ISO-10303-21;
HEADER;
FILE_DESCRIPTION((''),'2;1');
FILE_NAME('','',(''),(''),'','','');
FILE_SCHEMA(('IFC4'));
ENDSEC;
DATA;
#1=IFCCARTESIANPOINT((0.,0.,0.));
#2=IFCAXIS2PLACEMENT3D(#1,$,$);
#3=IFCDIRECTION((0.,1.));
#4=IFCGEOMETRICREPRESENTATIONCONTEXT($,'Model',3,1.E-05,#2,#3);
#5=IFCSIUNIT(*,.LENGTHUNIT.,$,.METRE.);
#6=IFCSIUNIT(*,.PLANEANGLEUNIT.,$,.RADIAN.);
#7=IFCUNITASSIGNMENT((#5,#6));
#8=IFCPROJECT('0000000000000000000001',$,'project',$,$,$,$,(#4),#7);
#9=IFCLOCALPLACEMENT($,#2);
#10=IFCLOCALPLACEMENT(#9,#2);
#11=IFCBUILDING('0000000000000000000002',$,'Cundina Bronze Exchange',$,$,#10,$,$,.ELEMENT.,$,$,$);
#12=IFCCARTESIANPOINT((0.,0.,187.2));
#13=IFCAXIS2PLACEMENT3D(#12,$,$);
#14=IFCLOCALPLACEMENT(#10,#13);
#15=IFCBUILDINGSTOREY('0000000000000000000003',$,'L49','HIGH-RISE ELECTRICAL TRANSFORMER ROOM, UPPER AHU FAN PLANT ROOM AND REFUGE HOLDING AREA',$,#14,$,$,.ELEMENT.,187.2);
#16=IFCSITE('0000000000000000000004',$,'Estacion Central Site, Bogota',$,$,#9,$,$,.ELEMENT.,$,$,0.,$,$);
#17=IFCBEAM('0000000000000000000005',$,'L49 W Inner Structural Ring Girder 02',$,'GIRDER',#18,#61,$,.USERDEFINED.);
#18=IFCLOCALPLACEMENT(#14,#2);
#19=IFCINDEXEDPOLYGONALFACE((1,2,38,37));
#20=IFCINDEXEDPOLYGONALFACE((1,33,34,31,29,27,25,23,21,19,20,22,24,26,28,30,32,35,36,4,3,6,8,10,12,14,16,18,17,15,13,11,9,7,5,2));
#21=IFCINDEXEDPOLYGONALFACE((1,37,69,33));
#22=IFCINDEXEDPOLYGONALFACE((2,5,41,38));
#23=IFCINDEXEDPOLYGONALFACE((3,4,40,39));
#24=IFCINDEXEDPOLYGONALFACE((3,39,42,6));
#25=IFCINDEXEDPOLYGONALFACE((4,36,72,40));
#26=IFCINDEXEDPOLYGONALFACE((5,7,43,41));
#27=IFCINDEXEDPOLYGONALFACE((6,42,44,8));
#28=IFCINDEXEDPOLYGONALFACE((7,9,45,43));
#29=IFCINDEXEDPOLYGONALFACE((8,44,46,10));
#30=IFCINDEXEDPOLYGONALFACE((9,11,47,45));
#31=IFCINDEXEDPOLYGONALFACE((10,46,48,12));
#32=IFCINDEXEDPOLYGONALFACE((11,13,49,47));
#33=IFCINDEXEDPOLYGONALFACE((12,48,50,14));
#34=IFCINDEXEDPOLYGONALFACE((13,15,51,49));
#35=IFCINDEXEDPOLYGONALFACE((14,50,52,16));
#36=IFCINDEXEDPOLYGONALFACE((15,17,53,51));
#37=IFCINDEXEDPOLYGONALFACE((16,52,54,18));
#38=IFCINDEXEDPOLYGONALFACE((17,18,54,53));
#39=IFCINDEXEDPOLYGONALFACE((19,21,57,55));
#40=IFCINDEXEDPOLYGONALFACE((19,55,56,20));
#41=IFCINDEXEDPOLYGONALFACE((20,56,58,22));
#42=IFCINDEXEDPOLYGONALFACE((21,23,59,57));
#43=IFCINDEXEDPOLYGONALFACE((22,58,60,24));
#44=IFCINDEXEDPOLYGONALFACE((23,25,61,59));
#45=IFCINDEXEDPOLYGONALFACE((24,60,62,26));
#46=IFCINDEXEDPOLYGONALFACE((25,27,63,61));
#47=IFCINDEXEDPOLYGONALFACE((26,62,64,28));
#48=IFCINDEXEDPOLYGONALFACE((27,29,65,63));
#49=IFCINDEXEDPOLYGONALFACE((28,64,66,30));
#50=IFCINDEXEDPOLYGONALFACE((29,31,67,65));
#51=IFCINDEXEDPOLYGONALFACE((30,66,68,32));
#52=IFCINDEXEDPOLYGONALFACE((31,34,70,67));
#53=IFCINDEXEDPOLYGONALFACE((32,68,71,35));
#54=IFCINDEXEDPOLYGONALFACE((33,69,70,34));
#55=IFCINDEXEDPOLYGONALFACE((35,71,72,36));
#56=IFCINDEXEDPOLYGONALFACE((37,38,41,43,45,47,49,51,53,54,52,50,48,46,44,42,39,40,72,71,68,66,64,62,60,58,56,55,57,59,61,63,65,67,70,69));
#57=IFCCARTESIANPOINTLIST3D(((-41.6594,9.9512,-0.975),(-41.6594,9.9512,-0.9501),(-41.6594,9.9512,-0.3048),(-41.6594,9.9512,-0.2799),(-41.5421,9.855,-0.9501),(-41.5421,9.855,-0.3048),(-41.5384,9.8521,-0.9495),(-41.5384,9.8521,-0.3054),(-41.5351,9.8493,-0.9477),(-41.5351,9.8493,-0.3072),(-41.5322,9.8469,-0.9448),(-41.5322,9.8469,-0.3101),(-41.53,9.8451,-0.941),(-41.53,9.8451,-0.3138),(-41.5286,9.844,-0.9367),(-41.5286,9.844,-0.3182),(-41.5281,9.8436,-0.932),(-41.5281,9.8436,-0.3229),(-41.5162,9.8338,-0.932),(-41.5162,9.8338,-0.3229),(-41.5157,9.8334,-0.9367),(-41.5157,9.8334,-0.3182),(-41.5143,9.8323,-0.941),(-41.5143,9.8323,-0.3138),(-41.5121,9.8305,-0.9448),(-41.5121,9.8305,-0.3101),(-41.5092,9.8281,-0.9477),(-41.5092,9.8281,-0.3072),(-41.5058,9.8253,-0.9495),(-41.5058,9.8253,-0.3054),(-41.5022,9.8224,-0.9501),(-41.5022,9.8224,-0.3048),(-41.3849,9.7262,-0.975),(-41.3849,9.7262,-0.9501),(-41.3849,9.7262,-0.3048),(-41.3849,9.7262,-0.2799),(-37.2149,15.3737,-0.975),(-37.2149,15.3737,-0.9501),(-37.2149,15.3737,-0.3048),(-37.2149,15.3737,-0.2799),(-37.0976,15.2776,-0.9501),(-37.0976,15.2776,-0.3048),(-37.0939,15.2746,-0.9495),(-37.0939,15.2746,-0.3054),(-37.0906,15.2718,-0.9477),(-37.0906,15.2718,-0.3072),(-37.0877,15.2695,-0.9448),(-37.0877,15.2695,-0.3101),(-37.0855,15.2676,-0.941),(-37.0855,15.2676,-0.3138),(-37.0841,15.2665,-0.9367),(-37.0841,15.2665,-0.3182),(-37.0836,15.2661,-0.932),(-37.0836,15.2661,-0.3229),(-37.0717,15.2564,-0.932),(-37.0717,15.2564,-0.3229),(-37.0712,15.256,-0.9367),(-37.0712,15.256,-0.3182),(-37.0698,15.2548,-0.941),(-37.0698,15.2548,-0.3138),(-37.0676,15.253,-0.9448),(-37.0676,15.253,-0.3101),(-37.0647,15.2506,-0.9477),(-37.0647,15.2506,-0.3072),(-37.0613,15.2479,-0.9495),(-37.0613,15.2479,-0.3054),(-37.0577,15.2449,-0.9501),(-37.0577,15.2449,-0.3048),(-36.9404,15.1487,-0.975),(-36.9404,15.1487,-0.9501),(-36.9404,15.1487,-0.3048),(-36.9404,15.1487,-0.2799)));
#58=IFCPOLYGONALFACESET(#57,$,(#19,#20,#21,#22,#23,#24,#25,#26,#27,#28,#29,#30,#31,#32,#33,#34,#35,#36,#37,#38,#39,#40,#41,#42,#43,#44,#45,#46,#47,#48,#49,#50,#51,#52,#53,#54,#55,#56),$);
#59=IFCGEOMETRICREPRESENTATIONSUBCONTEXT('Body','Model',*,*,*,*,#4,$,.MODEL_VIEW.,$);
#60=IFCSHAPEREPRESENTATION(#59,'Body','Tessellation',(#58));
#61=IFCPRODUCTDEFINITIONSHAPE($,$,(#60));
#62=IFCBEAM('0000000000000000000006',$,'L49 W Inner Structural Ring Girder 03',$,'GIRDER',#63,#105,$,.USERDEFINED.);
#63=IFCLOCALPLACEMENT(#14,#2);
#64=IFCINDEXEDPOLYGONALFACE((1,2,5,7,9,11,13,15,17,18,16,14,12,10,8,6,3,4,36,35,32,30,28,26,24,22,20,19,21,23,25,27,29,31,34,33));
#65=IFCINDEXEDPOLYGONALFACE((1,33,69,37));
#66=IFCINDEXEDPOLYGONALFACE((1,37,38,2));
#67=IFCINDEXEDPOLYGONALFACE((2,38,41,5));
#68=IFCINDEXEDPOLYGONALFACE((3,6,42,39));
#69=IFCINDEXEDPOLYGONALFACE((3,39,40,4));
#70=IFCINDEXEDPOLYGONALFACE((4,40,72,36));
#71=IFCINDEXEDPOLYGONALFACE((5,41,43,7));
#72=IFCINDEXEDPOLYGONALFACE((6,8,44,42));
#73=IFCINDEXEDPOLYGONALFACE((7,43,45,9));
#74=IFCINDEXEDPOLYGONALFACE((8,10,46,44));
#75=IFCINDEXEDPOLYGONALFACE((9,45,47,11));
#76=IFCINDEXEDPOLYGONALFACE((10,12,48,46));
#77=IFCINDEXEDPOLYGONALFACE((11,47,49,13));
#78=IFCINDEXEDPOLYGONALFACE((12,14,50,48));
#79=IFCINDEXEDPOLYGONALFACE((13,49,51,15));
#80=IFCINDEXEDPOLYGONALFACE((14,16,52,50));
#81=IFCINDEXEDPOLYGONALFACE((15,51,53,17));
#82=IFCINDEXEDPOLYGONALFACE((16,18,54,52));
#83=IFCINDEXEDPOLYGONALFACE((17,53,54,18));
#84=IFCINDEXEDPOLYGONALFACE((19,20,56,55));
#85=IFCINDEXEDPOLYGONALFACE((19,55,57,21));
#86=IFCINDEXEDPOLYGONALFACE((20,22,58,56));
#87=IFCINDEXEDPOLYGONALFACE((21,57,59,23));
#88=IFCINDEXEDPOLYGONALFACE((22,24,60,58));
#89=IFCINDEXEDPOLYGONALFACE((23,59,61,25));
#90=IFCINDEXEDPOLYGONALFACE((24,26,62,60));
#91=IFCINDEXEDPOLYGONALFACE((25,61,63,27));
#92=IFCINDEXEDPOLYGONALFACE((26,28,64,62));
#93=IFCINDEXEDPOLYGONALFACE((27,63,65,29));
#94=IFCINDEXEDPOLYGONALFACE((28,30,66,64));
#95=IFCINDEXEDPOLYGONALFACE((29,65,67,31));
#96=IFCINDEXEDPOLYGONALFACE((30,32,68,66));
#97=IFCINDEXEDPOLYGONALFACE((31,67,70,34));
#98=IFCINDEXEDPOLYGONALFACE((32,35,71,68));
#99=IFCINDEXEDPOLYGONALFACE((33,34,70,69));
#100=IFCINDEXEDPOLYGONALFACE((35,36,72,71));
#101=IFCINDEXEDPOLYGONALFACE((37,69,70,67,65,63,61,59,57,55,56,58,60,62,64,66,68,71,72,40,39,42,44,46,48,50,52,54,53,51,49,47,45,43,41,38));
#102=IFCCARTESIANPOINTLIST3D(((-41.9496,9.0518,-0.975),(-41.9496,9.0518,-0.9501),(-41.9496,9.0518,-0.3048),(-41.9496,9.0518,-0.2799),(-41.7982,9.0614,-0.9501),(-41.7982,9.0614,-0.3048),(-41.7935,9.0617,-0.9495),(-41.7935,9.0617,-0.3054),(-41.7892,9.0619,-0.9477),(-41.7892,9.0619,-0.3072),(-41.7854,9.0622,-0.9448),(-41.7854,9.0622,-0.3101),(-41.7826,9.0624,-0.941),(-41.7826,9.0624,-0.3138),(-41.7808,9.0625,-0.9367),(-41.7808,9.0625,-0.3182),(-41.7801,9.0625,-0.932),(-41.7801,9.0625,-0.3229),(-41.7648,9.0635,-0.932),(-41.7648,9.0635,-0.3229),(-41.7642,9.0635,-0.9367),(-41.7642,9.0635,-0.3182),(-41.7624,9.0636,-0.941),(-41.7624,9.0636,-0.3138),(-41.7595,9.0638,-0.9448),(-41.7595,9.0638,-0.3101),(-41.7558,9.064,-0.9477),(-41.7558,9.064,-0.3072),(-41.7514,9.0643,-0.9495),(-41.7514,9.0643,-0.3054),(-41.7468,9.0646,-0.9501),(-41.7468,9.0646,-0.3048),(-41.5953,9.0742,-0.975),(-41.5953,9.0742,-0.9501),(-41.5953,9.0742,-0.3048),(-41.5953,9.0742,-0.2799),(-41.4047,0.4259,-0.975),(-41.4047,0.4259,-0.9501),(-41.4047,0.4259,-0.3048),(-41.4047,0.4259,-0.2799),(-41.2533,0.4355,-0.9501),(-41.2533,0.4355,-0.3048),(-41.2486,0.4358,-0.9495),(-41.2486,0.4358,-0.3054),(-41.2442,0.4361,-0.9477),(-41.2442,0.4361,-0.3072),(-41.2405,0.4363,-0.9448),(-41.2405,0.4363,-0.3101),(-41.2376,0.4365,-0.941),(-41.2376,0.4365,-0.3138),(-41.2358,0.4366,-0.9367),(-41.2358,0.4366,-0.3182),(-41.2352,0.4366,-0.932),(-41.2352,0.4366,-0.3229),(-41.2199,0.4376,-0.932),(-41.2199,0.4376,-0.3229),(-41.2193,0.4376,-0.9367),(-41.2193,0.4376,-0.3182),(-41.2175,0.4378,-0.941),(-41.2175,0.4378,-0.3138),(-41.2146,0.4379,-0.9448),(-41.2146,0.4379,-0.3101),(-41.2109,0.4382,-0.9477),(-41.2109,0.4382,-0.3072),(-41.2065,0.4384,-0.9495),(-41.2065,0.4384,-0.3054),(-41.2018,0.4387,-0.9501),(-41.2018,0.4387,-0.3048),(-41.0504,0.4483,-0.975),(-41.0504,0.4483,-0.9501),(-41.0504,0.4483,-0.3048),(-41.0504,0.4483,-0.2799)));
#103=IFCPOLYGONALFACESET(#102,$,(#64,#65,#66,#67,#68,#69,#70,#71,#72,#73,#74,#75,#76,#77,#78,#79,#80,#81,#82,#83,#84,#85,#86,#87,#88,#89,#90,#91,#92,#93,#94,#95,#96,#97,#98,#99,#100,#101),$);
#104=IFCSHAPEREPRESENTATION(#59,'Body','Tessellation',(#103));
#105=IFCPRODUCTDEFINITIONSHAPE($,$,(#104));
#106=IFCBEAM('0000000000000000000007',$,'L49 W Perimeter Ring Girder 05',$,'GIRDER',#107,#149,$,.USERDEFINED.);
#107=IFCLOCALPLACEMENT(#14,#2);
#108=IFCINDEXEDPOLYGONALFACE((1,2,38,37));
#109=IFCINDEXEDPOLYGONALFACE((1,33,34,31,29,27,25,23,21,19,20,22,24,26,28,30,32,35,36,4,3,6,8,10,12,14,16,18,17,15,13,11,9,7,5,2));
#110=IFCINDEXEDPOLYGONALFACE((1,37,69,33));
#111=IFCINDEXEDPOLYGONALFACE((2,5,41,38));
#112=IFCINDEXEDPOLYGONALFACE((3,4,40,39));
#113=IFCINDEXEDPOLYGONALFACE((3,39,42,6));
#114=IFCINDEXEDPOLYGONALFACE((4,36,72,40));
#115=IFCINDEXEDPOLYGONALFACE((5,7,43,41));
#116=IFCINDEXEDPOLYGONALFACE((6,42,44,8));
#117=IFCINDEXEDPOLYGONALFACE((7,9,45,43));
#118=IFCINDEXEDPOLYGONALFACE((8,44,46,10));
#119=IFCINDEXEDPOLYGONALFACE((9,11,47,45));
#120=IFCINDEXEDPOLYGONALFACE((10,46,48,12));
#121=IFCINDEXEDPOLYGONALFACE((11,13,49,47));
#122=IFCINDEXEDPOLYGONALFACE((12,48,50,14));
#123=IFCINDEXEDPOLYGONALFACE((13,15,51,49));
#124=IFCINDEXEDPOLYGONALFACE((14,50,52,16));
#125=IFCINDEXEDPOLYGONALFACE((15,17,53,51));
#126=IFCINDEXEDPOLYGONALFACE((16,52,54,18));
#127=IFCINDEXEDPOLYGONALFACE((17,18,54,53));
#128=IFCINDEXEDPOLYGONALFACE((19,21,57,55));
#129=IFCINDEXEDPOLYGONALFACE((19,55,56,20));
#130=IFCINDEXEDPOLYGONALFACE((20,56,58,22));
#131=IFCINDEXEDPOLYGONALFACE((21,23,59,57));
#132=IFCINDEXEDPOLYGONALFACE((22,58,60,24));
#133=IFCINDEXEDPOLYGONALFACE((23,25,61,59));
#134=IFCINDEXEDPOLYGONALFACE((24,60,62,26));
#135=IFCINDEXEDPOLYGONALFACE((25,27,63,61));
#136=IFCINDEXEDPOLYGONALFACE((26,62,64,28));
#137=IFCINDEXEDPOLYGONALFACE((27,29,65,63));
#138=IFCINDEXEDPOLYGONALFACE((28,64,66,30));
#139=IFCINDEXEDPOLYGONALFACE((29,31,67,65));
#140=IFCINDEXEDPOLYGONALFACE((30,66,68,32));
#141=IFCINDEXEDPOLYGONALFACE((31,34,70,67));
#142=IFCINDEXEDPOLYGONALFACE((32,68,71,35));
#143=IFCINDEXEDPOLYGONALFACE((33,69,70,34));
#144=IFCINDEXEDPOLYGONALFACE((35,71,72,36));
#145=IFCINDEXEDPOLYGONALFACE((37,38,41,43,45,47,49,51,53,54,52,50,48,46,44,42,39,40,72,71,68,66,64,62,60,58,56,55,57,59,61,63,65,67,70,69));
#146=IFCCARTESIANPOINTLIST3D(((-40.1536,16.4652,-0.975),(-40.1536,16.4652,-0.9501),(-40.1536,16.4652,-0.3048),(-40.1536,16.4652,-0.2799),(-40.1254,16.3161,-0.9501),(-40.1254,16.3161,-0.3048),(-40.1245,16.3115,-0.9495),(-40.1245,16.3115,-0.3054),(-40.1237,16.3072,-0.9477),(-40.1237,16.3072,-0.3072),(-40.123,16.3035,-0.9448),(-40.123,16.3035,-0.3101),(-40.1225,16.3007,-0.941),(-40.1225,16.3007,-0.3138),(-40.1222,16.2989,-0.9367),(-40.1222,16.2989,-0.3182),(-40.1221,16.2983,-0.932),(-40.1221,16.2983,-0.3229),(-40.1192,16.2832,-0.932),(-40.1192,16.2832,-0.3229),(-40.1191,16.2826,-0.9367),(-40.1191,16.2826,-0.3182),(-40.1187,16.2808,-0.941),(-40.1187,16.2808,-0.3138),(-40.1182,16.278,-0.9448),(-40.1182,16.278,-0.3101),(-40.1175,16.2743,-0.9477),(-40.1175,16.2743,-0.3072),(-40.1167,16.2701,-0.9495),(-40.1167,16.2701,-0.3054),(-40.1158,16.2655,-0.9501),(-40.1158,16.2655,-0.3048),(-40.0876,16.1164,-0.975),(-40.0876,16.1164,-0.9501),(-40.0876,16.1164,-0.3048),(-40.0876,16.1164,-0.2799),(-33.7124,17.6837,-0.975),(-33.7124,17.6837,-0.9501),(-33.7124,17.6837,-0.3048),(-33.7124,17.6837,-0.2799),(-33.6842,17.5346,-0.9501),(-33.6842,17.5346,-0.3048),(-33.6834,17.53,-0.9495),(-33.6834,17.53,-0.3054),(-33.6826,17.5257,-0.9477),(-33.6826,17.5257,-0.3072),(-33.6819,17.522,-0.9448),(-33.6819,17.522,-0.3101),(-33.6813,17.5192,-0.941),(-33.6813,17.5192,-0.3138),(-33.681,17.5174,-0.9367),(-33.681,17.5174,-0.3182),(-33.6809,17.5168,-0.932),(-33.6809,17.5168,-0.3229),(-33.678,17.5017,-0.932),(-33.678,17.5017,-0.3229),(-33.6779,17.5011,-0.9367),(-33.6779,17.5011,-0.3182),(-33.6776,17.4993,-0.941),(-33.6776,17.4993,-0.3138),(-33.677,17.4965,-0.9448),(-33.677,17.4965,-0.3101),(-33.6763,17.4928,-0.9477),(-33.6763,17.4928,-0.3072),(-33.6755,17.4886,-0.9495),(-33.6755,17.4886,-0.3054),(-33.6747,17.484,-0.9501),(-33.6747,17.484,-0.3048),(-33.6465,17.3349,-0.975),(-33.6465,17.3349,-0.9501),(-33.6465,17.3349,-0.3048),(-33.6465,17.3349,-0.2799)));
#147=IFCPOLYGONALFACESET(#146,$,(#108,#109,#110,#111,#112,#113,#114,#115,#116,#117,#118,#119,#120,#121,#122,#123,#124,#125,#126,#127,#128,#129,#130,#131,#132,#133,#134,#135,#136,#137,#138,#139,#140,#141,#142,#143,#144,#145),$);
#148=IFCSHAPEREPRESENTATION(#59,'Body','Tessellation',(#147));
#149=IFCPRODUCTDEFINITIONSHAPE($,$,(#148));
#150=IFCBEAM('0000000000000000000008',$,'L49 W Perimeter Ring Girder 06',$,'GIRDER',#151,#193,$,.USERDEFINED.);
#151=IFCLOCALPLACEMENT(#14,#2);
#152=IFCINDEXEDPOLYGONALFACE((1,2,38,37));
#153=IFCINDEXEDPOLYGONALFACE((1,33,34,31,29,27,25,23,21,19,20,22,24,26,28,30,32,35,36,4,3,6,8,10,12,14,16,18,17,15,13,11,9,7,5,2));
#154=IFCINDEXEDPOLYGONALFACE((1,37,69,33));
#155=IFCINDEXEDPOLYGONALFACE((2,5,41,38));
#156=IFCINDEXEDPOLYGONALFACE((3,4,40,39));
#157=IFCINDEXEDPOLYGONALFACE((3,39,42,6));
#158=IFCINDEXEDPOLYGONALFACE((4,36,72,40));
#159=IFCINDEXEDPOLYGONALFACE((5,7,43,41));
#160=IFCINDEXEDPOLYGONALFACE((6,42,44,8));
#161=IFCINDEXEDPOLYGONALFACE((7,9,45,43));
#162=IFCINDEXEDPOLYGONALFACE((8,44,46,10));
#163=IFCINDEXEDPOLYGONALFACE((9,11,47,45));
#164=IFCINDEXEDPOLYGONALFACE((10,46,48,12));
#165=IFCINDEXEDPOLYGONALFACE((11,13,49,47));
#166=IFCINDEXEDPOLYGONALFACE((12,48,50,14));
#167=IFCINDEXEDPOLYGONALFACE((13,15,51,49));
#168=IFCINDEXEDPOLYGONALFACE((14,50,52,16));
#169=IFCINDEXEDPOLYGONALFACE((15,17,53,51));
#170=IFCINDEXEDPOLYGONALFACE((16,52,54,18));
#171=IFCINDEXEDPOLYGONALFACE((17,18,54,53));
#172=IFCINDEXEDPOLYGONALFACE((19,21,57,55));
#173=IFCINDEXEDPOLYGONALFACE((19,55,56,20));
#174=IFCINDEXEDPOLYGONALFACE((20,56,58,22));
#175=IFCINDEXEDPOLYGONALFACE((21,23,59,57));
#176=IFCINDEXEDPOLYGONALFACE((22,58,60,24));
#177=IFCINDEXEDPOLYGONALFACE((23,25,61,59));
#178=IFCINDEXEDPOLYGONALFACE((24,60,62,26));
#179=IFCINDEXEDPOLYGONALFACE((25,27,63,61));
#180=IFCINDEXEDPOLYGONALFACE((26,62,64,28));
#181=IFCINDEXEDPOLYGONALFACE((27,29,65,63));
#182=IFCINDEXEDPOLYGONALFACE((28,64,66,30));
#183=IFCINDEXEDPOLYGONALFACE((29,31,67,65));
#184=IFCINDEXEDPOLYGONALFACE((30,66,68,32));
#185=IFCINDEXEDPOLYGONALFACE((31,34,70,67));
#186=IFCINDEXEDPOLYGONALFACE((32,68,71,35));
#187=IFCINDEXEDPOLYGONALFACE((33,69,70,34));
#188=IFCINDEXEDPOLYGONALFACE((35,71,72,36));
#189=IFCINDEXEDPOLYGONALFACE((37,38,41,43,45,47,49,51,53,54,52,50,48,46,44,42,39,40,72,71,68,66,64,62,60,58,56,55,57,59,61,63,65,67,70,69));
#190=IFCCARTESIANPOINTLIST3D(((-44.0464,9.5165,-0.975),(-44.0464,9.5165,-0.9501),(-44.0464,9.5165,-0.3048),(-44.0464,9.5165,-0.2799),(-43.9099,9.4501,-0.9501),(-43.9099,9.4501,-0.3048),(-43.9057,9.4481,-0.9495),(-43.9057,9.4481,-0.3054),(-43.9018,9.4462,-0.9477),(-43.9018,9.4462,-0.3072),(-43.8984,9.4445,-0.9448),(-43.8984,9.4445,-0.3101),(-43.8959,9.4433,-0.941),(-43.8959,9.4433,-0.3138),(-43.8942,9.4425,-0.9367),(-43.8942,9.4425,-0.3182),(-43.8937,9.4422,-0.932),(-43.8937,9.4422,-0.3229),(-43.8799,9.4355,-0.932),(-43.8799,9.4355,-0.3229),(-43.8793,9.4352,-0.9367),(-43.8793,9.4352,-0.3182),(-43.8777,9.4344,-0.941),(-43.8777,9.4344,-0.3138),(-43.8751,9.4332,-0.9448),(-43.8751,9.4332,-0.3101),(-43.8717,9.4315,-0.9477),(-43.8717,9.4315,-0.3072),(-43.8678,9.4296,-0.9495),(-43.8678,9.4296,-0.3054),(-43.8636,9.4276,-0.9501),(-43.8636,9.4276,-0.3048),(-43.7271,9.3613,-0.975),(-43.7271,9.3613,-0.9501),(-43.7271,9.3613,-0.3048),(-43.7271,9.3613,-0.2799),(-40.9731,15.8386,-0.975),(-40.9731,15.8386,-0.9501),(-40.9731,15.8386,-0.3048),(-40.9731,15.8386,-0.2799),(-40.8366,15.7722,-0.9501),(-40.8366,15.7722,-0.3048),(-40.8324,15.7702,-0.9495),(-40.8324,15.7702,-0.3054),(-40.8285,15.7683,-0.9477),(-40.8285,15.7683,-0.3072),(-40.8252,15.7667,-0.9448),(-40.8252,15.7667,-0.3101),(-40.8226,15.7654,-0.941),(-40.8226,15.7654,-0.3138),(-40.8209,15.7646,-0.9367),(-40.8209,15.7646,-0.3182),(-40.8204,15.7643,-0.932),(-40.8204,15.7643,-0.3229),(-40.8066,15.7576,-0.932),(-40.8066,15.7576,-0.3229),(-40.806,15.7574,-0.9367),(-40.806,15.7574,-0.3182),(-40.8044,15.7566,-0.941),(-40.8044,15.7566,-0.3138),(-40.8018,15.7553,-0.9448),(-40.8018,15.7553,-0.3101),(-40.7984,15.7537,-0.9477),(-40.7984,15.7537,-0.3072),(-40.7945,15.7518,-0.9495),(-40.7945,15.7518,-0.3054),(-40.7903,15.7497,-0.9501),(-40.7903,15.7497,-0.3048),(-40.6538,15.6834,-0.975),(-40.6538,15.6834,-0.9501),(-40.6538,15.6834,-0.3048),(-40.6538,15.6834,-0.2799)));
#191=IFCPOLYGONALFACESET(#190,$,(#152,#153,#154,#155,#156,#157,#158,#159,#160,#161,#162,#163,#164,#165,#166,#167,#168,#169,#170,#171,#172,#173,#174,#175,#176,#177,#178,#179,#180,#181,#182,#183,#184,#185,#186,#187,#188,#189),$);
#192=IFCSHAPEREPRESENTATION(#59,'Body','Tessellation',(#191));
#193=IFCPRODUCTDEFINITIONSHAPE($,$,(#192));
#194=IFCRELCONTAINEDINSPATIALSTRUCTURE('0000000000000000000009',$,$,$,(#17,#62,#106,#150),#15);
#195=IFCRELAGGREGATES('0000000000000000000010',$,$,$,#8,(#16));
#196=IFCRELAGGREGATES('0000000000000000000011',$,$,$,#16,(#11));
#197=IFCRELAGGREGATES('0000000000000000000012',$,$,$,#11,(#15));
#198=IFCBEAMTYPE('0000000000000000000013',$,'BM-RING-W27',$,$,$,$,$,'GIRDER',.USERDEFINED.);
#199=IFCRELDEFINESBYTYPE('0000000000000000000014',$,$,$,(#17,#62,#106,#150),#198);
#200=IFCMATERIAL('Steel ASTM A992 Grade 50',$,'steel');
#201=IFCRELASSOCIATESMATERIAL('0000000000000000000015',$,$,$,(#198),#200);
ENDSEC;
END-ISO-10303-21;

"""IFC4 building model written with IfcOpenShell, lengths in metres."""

from ifc_helpers import new_model, si_unit, direction, frame, origin, origin_2d, place, context, subcontext, project, spatial, i_section, extrude, material, material_profile, profile_set, type_object, element, save


model = new_model("IFC4")

# Units and contexts
model_context = context("Model", 3, precision=1e-05, world=origin(), true_north=direction((0.0, 1.0)))
body_context = subcontext(model_context, "Body", "Model", "MODEL_VIEW")
ifc_project = project(units=[si_unit("LENGTHUNIT", "METRE"), si_unit("PLANEANGLEUNIT", "RADIAN")], contexts=[model_context])

# Site, building, storey
site_placement = place(None, origin())
site = spatial("IfcSite", under=ifc_project, at=site_placement, Name="Estacion Central Site, Bogota", CompositionType="ELEMENT", RefElevation=0.0)
building_placement = place(site_placement, origin())
building = spatial("IfcBuilding", under=site, at=building_placement, Name="Cundina Bronze Exchange", CompositionType="ELEMENT")
storey_placement = place(building_placement, frame((0.0, 0.0, 187.2)))
storey = spatial("IfcBuildingStorey", under=building, at=storey_placement, Name="L49", Description="HIGH-RISE ELECTRICAL TRANSFORMER ROOM, UPPER AHU FAN PLANT ROOM AND REFUGE HOLDING AREA", CompositionType="ELEMENT", Elevation=187.2)

# Beams
ifc_material_1 = material(Name="Steel ASTM A992 Grade 50", Category="steel")
ifc_material_profile_1 = material_profile(ifc_material_1, i_section(OverallWidth=0.355, OverallDepth=0.6951, WebThickness=0.0154, FlangeThickness=0.0249, FilletRadius=0.0181, at=origin_2d()), Name="W27X146", Category="steel")
ifc_profile_set_1 = profile_set([ifc_material_profile_1], Name="Steel ASTM A992 Grade 50")
beam_type_1 = type_object("IfcBeamType", Name="BM-RING-W27", ElementType="GIRDER", PredefinedType="USERDEFINED", material=ifc_profile_set_1)
beam_1_placement = place(storey_placement, frame((-37.0776, 15.2612, -0.6274), z_axis=(-0.633913, -0.773405, 0.0), x_axis=(0.773405, -0.633913, 0.0)))
element("IfcBeam", 1, at=beam_1_placement, inside=storey, type_object=beam_type_1, Name="L49 W Inner Structural Ring Girder 02", ObjectType="GIRDER", PredefinedType="USERDEFINED", context=body_context, shape_type="SweptSolid", body=[
    extrude(i_section(OverallWidth=0.355, OverallDepth=0.6951, WebThickness=0.0154, FlangeThickness=0.0249, FilletRadius=0.0181, at=origin_2d()), origin(), (0.0, 0.0, 1.0), 7.0112),
])
beam_2_placement = place(storey_placement, frame((-41.7725, 9.063, -0.6274), z_axis=(0.063047, -0.998011, 0.0), x_axis=(0.998011, 0.063047, 0.0)))
element("IfcBeam", 2, at=beam_2_placement, inside=storey, type_object=beam_type_1, Name="L49 W Inner Structural Ring Girder 03", ObjectType="GIRDER", PredefinedType="USERDEFINED", context=body_context, shape_type="SweptSolid", body=[
    extrude(i_section(OverallWidth=0.355, OverallDepth=0.6951, WebThickness=0.0154, FlangeThickness=0.0249, FilletRadius=0.0181, at=origin_2d()), origin(), (0.0, 0.0, 1.0), 8.6431),
])
beam_3_placement = place(storey_placement, frame((-33.6794, 17.5093, -0.6274), z_axis=(-0.982573, -0.185878, 0.0), x_axis=(0.185878, -0.982573, 0.0)))
element("IfcBeam", 3, at=beam_3_placement, inside=storey, type_object=beam_type_1, Name="L49 W Perimeter Ring Girder 05", ObjectType="GIRDER", PredefinedType="USERDEFINED", context=body_context, shape_type="SweptSolid", body=[
    extrude(i_section(OverallWidth=0.355, OverallDepth=0.6951, WebThickness=0.0154, FlangeThickness=0.0249, FilletRadius=0.0181, at=origin_2d()), origin(), (0.0, 0.0, 1.0), 6.5554),
])
beam_4_placement = place(storey_placement, frame((-40.8135, 15.761, -0.6274), z_axis=(-0.437197, -0.899366, 0.0), x_axis=(0.899366, -0.437197, 0.0)))
element("IfcBeam", 4, at=beam_4_placement, inside=storey, type_object=beam_type_1, Name="L49 W Perimeter Ring Girder 06", ObjectType="GIRDER", PredefinedType="USERDEFINED", context=body_context, shape_type="SweptSolid", body=[
    extrude(i_section(OverallWidth=0.355, OverallDepth=0.6951, WebThickness=0.0154, FlangeThickness=0.0249, FilletRadius=0.0181, at=origin_2d()), origin(), (0.0, 0.0, 1.0), 7.0295),
])

save(model, "model.ifc")
